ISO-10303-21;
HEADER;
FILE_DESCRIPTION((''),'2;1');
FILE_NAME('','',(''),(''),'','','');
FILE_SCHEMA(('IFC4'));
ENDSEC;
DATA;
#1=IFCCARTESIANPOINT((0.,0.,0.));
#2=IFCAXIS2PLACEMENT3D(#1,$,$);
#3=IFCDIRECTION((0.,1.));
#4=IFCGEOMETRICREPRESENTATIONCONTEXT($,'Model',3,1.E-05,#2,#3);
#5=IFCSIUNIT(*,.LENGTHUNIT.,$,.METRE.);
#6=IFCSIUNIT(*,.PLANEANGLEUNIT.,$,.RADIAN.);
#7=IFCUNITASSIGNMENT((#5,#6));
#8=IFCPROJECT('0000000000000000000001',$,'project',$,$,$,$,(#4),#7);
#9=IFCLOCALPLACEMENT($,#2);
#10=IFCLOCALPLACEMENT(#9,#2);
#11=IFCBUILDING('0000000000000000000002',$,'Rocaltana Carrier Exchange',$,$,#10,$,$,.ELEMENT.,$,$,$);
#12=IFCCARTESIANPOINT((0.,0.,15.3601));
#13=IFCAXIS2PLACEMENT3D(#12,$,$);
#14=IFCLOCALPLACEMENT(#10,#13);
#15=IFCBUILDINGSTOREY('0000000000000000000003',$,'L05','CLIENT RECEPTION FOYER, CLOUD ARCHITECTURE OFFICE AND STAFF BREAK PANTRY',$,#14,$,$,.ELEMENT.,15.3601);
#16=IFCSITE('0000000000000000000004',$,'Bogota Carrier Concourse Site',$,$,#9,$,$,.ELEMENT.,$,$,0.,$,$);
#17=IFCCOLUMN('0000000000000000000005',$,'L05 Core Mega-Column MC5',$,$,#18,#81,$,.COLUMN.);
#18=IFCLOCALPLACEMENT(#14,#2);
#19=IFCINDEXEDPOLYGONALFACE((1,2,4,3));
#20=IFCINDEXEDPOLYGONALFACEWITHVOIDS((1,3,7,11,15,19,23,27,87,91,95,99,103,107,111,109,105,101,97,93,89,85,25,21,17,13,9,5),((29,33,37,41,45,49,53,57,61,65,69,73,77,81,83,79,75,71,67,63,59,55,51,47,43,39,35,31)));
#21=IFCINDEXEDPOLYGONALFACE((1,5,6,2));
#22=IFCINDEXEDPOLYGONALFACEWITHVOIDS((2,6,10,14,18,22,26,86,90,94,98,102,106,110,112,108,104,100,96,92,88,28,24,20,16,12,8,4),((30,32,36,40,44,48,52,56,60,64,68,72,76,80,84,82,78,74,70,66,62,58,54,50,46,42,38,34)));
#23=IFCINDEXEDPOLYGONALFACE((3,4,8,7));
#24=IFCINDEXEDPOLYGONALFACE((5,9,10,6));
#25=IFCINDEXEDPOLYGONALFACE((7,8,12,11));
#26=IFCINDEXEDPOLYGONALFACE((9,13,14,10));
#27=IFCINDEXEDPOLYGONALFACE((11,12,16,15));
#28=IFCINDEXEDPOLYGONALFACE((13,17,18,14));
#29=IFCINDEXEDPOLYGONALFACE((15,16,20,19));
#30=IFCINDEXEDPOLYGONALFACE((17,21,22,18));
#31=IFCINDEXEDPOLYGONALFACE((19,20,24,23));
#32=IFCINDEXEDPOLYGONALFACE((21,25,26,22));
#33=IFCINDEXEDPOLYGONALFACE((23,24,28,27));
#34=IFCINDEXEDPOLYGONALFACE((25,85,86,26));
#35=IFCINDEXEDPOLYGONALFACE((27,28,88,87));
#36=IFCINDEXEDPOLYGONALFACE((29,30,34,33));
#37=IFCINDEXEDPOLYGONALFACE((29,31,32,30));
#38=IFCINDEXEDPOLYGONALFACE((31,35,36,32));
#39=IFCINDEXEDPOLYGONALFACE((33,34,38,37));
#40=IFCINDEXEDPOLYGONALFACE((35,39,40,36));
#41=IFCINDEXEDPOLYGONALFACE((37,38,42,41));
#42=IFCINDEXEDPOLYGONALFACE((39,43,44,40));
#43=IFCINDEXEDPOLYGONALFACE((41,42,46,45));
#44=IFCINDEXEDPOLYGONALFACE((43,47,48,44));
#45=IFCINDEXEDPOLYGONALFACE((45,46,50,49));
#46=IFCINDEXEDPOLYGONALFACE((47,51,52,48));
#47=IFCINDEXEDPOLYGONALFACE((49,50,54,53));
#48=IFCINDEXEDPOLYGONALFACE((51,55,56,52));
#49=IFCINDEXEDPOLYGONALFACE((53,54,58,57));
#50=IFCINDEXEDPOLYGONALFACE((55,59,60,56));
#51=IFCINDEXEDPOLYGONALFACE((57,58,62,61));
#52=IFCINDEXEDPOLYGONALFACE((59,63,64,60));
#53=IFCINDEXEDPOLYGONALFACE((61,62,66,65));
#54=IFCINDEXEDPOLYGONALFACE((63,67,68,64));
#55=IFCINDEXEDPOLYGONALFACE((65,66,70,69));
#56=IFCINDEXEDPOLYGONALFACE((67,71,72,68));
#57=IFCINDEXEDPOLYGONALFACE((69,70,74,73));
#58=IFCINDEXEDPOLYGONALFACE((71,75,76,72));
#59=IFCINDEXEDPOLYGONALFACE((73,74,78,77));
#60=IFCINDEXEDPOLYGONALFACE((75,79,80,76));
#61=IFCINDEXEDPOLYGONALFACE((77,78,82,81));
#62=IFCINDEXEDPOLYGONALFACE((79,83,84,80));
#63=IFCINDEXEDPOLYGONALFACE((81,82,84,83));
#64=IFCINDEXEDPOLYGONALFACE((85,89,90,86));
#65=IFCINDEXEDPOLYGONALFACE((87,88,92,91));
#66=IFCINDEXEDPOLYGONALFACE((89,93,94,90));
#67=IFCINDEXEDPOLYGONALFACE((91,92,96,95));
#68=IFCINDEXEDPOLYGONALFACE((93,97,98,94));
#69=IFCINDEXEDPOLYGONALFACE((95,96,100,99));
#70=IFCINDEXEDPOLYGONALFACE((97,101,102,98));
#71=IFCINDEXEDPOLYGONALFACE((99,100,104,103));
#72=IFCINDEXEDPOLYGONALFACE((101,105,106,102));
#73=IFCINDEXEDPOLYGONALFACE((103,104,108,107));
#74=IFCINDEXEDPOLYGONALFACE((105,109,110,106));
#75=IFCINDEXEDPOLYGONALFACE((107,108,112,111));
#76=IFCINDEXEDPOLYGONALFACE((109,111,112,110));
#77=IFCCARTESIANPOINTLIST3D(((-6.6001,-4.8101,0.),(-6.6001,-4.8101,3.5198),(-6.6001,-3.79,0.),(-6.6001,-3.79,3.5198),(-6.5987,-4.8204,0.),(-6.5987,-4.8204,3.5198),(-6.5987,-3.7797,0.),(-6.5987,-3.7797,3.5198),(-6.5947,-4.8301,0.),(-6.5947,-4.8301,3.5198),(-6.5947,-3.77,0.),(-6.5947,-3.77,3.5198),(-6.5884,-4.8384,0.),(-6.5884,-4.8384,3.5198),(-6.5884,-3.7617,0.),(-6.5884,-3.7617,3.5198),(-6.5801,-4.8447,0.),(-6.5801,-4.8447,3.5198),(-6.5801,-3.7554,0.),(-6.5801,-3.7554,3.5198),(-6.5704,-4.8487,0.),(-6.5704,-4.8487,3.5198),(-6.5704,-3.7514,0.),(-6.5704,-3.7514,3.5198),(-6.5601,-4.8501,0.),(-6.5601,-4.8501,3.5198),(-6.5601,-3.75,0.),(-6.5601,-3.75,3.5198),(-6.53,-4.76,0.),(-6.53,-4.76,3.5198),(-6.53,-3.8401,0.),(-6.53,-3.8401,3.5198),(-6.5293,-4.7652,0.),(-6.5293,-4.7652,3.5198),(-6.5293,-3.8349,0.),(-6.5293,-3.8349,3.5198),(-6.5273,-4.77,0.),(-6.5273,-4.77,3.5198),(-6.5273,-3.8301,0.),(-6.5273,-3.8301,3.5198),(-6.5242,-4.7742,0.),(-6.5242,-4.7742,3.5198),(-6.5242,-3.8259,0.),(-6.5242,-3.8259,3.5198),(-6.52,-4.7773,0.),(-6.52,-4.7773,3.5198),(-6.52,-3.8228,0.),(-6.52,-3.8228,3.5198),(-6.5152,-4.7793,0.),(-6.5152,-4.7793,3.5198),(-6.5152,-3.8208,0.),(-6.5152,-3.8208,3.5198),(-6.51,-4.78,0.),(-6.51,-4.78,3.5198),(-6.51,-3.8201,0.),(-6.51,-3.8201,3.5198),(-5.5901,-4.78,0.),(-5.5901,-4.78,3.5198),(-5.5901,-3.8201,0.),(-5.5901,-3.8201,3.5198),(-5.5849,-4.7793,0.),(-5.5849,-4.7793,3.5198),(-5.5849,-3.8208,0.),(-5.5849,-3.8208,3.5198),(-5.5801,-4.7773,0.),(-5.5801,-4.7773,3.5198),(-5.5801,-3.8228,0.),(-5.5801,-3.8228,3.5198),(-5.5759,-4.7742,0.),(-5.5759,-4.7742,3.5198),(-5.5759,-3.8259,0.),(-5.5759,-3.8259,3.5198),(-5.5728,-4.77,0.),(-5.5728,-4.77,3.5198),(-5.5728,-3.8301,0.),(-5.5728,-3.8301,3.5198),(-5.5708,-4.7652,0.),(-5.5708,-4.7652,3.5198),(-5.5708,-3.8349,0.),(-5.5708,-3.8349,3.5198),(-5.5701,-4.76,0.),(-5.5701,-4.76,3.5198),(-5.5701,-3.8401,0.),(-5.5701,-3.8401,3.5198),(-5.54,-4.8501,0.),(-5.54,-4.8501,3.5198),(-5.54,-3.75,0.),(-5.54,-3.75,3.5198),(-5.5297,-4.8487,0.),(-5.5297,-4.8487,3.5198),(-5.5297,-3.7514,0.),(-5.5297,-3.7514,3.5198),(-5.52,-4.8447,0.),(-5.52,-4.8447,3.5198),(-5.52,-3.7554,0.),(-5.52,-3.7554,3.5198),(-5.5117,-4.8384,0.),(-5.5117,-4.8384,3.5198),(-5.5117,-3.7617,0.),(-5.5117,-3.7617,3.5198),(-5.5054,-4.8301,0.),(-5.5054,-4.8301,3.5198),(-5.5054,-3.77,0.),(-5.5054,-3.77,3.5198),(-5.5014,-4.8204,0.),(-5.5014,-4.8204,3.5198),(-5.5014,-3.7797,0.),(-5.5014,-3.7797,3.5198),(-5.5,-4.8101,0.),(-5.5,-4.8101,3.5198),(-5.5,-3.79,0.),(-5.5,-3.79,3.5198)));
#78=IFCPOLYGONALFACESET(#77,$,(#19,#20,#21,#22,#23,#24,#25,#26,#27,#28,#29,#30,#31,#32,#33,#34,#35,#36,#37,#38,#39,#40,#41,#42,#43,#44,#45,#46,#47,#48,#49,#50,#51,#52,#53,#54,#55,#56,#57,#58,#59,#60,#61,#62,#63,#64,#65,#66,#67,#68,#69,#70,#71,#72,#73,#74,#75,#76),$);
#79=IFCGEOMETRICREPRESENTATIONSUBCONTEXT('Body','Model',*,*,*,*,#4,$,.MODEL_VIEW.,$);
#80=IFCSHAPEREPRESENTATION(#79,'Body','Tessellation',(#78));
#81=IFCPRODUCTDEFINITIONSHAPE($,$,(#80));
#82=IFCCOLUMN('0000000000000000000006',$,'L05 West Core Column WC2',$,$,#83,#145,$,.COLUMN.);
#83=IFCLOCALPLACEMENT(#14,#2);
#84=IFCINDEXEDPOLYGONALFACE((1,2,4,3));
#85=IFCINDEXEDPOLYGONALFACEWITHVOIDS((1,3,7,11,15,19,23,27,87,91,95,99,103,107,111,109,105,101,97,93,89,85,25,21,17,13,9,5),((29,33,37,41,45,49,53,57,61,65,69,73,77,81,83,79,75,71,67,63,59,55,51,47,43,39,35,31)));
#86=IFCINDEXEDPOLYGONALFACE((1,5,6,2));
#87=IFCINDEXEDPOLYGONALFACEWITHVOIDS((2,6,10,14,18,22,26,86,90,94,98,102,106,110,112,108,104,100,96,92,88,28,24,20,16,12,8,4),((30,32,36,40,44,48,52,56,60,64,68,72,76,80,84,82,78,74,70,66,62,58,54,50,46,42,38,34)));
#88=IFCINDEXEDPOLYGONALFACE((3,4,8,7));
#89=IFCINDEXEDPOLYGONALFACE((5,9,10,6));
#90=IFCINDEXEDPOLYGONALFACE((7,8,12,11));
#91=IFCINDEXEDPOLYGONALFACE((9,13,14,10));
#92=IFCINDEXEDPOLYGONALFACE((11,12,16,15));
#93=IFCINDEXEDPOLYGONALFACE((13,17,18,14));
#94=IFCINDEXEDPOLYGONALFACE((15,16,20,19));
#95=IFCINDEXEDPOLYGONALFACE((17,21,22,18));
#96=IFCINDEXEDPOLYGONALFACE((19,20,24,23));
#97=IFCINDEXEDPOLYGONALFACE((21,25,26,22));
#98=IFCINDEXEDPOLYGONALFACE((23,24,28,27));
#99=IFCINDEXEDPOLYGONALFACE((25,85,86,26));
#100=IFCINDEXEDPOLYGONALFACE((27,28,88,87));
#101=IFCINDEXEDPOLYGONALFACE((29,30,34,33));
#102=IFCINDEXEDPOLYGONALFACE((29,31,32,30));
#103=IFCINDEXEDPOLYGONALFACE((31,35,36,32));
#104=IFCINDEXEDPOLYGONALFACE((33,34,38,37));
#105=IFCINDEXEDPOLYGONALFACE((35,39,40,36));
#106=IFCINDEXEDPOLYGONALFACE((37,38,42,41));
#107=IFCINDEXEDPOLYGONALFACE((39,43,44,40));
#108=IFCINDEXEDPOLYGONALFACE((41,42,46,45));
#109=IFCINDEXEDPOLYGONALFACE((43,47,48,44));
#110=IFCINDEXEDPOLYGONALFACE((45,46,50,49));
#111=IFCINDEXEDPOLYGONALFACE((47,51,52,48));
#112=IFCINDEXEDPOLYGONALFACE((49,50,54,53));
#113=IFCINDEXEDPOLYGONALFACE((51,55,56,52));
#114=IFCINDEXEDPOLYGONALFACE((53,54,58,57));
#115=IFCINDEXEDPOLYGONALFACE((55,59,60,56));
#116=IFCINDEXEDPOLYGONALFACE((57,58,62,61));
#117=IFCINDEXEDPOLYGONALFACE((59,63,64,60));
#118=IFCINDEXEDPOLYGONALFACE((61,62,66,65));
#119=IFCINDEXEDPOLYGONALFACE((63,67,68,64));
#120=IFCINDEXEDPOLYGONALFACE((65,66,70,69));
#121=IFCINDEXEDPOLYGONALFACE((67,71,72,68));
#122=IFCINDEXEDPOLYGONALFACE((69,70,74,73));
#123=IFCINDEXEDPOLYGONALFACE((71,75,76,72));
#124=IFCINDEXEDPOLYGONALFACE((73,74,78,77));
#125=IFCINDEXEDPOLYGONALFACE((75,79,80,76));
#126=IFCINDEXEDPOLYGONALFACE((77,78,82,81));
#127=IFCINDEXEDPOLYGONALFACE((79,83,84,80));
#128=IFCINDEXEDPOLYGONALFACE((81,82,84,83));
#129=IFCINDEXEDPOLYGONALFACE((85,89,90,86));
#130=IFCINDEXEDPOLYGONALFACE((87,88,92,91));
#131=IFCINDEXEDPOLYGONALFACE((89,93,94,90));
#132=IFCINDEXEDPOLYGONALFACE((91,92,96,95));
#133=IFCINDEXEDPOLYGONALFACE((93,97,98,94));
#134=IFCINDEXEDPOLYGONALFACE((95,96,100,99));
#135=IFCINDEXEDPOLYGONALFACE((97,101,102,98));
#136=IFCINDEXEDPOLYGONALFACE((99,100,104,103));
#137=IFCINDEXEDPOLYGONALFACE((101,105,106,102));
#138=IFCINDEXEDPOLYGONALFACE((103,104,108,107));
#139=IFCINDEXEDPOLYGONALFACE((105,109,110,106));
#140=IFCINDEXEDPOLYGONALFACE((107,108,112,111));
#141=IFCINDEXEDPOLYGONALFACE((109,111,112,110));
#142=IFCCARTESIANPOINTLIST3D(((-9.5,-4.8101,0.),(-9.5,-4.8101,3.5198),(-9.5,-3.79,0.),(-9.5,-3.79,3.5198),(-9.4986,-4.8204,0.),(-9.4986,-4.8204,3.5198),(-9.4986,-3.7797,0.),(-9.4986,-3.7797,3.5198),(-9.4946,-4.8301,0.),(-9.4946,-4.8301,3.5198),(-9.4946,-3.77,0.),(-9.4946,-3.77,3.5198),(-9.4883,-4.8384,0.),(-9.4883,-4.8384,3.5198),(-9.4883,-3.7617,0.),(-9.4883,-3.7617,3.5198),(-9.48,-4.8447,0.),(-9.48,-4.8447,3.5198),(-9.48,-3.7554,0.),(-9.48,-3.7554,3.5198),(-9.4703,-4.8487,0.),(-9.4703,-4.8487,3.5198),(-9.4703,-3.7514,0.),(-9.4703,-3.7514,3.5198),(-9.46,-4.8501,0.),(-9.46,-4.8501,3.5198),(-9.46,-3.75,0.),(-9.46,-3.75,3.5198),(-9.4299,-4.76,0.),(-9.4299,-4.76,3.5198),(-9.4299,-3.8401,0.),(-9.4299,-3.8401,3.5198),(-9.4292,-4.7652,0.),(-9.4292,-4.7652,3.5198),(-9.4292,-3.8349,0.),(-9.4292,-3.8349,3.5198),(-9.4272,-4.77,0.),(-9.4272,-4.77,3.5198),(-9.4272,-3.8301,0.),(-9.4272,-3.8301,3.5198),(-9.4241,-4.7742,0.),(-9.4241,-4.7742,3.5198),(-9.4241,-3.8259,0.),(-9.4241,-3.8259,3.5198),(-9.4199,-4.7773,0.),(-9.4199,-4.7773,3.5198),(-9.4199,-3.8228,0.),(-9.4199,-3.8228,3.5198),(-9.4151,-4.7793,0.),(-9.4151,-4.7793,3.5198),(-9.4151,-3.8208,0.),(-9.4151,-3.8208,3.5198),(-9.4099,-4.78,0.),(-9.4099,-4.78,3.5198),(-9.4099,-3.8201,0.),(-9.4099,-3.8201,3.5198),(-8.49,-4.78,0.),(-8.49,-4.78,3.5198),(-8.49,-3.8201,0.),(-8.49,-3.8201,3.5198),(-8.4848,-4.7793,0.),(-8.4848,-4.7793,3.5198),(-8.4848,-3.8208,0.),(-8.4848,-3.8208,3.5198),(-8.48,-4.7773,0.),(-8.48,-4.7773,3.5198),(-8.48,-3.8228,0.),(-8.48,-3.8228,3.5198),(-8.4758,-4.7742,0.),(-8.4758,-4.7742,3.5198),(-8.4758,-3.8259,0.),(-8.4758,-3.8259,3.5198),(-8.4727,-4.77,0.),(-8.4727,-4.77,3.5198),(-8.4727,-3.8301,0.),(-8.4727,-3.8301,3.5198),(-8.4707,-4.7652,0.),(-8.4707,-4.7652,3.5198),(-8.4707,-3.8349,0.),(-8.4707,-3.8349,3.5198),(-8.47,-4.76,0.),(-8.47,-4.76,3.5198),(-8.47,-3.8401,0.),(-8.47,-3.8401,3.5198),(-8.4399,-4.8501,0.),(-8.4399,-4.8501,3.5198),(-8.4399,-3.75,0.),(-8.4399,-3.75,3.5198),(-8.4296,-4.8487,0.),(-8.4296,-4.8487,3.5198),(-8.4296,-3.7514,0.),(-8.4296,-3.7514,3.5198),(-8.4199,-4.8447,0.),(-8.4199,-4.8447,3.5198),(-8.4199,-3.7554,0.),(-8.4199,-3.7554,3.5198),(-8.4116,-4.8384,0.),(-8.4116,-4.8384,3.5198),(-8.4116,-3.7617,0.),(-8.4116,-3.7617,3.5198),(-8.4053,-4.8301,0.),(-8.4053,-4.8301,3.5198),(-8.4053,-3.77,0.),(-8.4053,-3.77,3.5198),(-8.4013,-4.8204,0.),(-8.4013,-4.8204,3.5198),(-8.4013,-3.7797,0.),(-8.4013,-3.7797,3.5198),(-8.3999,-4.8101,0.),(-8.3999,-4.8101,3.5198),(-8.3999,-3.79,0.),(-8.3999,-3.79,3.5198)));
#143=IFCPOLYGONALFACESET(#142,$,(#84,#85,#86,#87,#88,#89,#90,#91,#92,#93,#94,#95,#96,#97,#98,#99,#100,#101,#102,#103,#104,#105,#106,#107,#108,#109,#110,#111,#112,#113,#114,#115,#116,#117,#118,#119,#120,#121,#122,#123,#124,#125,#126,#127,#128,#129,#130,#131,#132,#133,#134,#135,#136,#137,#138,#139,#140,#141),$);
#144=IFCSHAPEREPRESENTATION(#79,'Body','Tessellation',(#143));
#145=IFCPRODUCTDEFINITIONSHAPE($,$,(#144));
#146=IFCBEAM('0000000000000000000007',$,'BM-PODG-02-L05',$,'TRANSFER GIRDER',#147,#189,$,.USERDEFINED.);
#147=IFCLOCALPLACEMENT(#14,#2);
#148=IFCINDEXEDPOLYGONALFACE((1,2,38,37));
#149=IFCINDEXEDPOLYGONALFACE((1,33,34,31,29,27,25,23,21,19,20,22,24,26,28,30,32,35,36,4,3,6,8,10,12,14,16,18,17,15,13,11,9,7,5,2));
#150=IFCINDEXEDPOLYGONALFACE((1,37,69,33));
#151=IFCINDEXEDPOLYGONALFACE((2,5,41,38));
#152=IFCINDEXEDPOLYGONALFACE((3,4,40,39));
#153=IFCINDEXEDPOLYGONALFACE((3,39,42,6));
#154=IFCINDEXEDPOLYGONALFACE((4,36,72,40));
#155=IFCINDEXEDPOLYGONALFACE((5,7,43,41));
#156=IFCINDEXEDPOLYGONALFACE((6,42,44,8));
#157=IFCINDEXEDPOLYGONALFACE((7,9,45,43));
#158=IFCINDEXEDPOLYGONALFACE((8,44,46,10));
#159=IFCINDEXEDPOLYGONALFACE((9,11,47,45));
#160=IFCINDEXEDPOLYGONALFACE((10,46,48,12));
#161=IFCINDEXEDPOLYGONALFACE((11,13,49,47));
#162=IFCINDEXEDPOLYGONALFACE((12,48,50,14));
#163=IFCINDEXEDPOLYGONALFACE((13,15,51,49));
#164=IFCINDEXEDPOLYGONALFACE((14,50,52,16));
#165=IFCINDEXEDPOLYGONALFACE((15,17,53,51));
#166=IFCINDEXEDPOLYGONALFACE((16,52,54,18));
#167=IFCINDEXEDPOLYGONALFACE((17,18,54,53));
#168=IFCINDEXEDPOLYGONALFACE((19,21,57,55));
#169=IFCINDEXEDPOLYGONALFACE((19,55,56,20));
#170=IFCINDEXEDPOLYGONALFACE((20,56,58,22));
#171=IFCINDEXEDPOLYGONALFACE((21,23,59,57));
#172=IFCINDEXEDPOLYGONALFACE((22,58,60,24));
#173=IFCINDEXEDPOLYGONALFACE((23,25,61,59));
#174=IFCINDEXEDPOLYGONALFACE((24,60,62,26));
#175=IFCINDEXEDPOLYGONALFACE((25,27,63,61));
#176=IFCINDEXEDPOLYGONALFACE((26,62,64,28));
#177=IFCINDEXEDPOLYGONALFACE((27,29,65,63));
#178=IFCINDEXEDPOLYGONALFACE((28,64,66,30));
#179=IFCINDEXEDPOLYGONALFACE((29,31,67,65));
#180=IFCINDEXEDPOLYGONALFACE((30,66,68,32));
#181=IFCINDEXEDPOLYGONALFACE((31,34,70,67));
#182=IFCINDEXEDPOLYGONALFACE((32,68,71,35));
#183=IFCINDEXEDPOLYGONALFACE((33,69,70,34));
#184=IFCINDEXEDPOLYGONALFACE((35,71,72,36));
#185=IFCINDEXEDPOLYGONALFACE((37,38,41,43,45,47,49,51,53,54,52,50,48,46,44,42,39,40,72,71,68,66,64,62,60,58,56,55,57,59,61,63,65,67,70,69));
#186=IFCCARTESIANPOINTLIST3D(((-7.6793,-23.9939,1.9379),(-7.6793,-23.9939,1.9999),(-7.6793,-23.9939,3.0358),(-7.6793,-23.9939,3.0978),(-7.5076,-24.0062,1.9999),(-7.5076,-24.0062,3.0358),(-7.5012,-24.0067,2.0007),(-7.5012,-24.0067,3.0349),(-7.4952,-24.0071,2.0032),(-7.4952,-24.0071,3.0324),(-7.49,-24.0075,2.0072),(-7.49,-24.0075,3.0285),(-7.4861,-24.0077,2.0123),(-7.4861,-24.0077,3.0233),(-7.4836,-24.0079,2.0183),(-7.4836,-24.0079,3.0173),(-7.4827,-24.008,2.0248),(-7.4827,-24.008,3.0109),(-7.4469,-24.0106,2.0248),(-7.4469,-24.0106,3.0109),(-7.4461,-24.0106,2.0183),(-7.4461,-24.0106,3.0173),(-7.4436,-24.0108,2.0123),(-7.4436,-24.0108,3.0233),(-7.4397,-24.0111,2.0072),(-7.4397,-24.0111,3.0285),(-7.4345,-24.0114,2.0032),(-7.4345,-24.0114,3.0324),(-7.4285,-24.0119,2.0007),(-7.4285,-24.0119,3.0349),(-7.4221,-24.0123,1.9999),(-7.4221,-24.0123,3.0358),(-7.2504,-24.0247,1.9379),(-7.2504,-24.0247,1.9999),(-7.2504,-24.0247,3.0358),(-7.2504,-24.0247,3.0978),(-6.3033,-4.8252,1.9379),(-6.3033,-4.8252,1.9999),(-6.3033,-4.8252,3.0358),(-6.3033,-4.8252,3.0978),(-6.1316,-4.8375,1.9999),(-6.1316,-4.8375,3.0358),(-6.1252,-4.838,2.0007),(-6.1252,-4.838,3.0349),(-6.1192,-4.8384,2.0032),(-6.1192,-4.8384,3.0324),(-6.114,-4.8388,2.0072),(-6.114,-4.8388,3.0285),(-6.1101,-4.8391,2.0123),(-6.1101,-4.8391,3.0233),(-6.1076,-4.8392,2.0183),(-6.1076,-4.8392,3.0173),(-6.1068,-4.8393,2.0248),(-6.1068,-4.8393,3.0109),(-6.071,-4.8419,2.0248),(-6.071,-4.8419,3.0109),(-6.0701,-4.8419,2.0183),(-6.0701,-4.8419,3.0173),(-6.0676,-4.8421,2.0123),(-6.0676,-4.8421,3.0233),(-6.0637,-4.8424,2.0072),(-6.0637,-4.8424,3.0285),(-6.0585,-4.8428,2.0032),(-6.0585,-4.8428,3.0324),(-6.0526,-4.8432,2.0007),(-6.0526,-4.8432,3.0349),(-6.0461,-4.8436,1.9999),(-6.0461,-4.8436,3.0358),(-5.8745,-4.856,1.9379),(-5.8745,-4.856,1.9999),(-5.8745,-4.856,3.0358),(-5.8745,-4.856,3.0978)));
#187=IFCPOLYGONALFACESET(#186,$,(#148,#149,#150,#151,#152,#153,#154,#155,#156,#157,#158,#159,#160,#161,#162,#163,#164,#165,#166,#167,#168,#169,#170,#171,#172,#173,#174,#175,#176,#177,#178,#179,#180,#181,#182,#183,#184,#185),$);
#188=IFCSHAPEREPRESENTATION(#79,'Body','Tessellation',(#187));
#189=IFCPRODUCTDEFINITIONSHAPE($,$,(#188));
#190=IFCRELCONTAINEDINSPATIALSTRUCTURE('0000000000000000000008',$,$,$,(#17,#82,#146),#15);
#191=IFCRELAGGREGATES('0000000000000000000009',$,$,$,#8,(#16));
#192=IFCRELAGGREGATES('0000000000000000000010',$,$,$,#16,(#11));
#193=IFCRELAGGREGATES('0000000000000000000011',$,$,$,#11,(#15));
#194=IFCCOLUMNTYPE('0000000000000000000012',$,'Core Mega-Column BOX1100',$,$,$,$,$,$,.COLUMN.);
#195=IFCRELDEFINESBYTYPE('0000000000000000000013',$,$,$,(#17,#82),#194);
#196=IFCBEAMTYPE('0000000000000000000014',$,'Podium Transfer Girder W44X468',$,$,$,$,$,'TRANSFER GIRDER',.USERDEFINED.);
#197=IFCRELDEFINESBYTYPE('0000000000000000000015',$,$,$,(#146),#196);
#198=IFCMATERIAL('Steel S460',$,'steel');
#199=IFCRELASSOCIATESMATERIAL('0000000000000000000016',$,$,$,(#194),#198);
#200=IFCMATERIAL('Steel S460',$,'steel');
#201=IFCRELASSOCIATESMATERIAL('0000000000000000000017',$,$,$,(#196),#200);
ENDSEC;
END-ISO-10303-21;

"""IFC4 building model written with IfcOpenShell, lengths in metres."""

from ifc_helpers import new_model, si_unit, direction, frame, origin, origin_2d, place, context, subcontext, project, spatial, hollow_rectangle, i_section, extrude, material, material_profile, profile_set, type_object, element, save


model = new_model("IFC4")

# Units and contexts
model_context = context("Model", 3, precision=1e-05, world=origin(), true_north=direction((0.0, 1.0)))
body_context = subcontext(model_context, "Body", "Model", "MODEL_VIEW")
ifc_project = project(units=[si_unit("LENGTHUNIT", "METRE"), si_unit("PLANEANGLEUNIT", "RADIAN")], contexts=[model_context])

# Site, building, storey
site_placement = place(None, origin())
site = spatial("IfcSite", under=ifc_project, at=site_placement, Name="Bogota Carrier Concourse Site", CompositionType="ELEMENT", RefElevation=0.0)
building_placement = place(site_placement, origin())
building = spatial("IfcBuilding", under=site, at=building_placement, Name="Rocaltana Carrier Exchange", CompositionType="ELEMENT")
storey_placement = place(building_placement, frame((0.0, 0.0, 15.3601)))
storey = spatial("IfcBuildingStorey", under=building, at=storey_placement, Name="L05", Description="CLIENT RECEPTION FOYER, CLOUD ARCHITECTURE OFFICE AND STAFF BREAK PANTRY", CompositionType="ELEMENT", Elevation=15.3601)

# Columns
ifc_material_1 = material(Name="Steel S460", Category="steel")
ifc_material_profile_1 = material_profile(ifc_material_1, hollow_rectangle(XDim=1.1001, YDim=1.1001, WallThickness=0.0701, InnerFilletRadius=0.02, OuterFilletRadius=0.04, at=origin_2d()), Name="BOX1100X1100X70")
ifc_profile_set_1 = profile_set([ifc_material_profile_1], Name="Steel S460")
column_type = type_object("IfcColumnType", Name="Core Mega-Column BOX1100", PredefinedType="COLUMN", material=ifc_profile_set_1)
for number, where, z_axis, x_axis, name in (
    (1, (-6.05, -4.3, 0.0), (0.0, 0.0, 1.0), (1.0, 0.0, 0.0), "L05 Core Mega-Column MC5"),
    (2, (-8.95, -4.3, 0.0), (0.0, 0.0, 1.0), (1.0, 0.0, 0.0), "L05 West Core Column WC2"),
):
    element("IfcColumn", number, at=place(storey_placement, frame(where, z_axis=z_axis, x_axis=x_axis)), inside=storey, type_object=column_type, Name=name, PredefinedType="COLUMN", context=body_context, shape_type="SweptSolid", body=[
        extrude(hollow_rectangle(XDim=1.1001, YDim=1.1001, WallThickness=0.0701, InnerFilletRadius=0.02, OuterFilletRadius=0.04, at=origin_2d()), origin(), (0.0, 0.0, 1.0), 3.5198),
    ])

# Beam
ifc_material_2 = material(Name="Steel S460", Category="steel")
ifc_material_profile_2 = material_profile(ifc_material_2, i_section(OverallWidth=0.4299, OverallDepth=1.1599, WebThickness=0.0359, FlangeThickness=0.062, FilletRadius=0.0249, at=origin_2d()), Name="W44X468")
ifc_profile_set_2 = profile_set([ifc_material_profile_2], Name="Steel S460")
beam_type = type_object("IfcBeamType", Name="Podium Transfer Girder W44X468", ElementType="TRANSFER GIRDER", PredefinedType="USERDEFINED", material=ifc_profile_set_2)
beam_placement = place(storey_placement, frame((-6.0889, -4.8406, 2.5178), z_axis=(-0.071598, -0.997434, 0.0), x_axis=(0.997434, -0.071598, 0.0)))
element("IfcBeam", 3, at=beam_placement, inside=storey, type_object=beam_type, Name="BM-PODG-02-L05", ObjectType="TRANSFER GIRDER", PredefinedType="USERDEFINED", context=body_context, shape_type="SweptSolid", body=[
    extrude(i_section(OverallWidth=0.4299, OverallDepth=1.1599, WebThickness=0.0359, FlangeThickness=0.062, FilletRadius=0.0249, at=origin_2d()), origin(), (0.0, 0.0, 1.0), 19.218),
])

save(model, "model.ifc")
